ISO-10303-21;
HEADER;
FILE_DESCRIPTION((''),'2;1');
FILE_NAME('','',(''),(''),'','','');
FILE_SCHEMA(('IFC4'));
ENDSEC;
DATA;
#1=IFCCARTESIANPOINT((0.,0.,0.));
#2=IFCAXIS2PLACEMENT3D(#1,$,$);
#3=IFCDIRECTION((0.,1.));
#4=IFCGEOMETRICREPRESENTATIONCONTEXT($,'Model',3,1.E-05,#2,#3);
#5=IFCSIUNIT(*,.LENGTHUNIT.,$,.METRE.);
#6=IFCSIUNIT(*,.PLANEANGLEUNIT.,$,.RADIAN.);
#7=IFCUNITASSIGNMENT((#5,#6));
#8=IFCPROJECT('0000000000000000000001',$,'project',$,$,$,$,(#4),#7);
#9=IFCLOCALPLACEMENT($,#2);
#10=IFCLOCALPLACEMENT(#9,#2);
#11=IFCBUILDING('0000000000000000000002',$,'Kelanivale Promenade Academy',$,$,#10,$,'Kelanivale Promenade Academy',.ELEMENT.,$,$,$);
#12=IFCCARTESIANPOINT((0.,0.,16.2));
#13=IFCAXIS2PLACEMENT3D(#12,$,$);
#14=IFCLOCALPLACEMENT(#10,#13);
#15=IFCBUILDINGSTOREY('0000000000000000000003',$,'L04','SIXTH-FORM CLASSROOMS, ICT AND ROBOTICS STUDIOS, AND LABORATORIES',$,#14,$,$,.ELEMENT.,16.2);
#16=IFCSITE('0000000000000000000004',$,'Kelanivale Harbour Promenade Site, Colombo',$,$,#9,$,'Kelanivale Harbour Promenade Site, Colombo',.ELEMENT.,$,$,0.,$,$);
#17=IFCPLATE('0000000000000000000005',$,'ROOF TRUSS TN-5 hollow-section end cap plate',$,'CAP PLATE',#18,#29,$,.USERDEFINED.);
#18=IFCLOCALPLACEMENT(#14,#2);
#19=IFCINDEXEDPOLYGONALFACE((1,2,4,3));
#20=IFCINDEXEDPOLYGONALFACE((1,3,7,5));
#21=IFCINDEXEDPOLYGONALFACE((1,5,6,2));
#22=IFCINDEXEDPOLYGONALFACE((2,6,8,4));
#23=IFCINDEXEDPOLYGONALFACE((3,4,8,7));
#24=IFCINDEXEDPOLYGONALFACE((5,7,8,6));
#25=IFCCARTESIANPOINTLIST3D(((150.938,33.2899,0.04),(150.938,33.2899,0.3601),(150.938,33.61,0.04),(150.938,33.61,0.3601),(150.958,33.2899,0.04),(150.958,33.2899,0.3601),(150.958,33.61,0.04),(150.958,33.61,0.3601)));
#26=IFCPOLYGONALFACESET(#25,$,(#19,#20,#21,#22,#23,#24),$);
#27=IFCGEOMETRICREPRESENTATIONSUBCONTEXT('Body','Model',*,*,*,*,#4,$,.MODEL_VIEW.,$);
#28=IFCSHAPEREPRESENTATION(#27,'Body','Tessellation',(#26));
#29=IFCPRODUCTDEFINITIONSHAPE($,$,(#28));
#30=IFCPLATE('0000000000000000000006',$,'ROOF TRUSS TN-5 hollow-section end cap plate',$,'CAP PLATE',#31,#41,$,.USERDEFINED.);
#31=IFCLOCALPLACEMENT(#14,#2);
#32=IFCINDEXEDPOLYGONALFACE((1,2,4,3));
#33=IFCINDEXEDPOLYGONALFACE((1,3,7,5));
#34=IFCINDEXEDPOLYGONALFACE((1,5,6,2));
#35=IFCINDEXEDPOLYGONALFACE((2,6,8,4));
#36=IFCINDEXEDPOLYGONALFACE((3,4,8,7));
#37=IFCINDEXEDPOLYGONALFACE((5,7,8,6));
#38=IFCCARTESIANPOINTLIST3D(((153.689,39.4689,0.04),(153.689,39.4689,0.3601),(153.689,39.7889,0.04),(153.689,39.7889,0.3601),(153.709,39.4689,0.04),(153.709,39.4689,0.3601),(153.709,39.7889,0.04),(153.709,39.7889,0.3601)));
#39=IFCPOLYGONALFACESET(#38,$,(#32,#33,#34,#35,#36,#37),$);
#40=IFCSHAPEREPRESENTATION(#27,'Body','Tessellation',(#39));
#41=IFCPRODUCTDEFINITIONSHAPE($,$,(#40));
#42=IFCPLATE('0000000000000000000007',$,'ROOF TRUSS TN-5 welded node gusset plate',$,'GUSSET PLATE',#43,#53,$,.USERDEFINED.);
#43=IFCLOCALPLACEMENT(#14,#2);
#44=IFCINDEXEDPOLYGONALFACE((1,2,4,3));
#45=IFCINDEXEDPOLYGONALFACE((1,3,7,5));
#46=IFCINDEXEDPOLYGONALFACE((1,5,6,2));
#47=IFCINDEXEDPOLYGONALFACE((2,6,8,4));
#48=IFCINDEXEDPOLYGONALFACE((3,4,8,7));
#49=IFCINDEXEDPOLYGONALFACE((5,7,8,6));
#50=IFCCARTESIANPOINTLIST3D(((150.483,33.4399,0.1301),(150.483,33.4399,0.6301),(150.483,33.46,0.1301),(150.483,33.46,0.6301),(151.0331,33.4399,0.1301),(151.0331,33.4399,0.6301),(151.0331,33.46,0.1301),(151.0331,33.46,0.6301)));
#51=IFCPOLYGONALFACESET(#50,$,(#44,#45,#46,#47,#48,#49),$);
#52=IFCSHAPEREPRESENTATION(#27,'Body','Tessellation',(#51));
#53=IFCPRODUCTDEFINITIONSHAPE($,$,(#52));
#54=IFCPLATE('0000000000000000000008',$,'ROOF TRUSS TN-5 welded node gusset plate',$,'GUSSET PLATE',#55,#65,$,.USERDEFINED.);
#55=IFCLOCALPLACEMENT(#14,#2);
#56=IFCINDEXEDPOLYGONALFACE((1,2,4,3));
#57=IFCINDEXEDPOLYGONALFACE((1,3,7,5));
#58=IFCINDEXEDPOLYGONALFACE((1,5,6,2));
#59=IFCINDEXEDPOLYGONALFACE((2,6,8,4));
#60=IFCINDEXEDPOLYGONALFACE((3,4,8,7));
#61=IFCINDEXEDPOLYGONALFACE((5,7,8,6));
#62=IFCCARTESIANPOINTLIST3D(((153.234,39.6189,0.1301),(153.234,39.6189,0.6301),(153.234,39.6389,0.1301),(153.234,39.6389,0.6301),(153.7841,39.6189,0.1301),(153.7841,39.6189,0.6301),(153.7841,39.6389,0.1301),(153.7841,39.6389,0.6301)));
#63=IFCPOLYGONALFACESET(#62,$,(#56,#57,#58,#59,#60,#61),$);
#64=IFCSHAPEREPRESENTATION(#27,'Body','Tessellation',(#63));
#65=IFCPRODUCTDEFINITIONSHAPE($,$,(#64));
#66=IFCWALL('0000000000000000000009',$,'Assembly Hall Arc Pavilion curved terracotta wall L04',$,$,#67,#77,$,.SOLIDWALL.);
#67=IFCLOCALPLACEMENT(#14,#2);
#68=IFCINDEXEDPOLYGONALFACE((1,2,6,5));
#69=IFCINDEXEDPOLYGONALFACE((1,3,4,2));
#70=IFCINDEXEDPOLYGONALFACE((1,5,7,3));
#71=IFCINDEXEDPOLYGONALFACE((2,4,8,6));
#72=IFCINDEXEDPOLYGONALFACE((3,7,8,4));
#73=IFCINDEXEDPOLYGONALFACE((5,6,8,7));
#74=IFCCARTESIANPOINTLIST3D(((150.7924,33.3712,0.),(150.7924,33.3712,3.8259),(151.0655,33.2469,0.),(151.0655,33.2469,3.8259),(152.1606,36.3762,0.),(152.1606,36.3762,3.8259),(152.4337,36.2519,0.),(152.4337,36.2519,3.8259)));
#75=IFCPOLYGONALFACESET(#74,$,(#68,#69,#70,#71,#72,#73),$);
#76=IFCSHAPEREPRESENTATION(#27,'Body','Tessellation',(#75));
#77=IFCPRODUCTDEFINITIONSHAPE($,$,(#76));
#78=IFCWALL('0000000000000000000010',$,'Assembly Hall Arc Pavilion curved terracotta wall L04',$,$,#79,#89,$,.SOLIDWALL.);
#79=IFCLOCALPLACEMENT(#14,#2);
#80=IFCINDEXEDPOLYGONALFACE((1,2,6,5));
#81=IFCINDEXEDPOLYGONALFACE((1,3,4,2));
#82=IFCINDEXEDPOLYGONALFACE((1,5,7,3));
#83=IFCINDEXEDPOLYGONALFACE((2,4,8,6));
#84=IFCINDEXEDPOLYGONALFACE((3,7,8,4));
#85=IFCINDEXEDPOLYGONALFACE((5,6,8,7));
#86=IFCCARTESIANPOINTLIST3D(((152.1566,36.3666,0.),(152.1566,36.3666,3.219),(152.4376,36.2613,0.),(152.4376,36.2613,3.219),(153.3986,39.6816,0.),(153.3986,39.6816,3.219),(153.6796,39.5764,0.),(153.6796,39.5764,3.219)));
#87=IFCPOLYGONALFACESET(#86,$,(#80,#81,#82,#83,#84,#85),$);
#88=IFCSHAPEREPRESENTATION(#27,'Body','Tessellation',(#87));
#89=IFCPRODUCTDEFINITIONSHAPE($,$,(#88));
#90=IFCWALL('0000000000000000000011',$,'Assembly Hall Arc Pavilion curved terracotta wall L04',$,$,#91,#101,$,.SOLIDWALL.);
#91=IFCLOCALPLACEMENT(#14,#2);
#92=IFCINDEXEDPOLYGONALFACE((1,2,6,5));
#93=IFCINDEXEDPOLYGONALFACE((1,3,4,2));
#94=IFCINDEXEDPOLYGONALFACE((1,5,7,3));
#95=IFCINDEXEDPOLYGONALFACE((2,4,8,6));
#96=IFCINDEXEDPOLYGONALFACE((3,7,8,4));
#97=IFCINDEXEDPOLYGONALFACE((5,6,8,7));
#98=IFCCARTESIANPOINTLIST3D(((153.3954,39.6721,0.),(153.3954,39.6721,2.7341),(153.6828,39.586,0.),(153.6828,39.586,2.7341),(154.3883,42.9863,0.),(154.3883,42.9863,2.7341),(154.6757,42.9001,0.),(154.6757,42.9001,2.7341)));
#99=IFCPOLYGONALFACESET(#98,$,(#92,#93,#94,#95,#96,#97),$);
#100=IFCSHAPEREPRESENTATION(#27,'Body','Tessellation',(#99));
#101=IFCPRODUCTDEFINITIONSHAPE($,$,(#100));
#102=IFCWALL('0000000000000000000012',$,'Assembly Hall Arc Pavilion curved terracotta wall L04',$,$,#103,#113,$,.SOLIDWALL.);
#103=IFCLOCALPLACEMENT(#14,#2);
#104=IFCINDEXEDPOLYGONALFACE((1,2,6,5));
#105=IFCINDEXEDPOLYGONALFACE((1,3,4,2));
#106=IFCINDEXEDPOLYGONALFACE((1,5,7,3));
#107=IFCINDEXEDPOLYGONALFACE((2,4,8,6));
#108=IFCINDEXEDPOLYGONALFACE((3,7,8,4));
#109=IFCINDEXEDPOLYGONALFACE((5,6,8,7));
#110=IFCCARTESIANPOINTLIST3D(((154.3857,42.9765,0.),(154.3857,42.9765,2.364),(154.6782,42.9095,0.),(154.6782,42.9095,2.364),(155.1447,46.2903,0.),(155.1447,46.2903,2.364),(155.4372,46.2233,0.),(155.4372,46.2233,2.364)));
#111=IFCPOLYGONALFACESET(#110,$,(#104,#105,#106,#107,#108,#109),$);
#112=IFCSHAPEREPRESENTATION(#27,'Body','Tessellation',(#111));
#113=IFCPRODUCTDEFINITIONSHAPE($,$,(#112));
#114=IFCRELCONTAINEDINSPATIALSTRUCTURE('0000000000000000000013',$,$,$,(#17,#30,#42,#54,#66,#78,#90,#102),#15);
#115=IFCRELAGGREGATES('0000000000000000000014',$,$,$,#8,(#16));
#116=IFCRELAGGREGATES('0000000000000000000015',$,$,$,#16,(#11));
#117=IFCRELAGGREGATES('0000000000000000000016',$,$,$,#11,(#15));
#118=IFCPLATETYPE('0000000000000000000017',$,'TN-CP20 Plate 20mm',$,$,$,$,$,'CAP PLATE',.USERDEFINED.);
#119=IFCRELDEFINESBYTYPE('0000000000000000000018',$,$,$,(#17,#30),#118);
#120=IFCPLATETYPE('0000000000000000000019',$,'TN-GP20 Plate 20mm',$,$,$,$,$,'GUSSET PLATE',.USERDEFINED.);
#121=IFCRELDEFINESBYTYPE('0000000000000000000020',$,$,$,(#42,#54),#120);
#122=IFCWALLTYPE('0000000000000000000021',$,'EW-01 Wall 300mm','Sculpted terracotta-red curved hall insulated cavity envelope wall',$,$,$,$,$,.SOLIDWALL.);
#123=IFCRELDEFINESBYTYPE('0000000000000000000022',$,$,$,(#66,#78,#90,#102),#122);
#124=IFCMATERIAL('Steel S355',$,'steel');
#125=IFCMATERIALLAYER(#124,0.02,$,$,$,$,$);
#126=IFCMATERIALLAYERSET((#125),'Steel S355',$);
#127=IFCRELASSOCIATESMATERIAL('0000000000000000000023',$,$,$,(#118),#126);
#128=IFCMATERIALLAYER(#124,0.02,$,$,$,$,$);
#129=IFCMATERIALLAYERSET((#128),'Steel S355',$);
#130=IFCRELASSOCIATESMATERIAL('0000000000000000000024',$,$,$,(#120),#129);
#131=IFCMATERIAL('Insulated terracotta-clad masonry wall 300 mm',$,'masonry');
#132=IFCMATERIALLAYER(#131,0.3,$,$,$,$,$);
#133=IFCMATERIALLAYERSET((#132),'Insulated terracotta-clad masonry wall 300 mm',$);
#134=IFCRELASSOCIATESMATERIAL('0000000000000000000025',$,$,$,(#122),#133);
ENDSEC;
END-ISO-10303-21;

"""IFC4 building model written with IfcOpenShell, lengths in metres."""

from ifc_helpers import new_model, si_unit, direction, frame, frame_2d, origin, origin_2d, place, context, subcontext, project, spatial, rectangle, extrude, material, layer, layer_set, type_object, element, save


model = new_model("IFC4")

# Units and contexts
model_context = context("Model", 3, precision=1e-05, world=origin(), true_north=direction((0.0, 1.0)))
body_context = subcontext(model_context, "Body", "Model", "MODEL_VIEW")
ifc_project = project(units=[si_unit("LENGTHUNIT", "METRE"), si_unit("PLANEANGLEUNIT", "RADIAN")], contexts=[model_context])

# Site, building, storey
site_placement = place(None, origin())
site = spatial("IfcSite", under=ifc_project, at=site_placement, Name="Kelanivale Harbour Promenade Site, Colombo", LongName="Kelanivale Harbour Promenade Site, Colombo", CompositionType="ELEMENT", RefElevation=0.0)
building_placement = place(site_placement, origin())
building = spatial("IfcBuilding", under=site, at=building_placement, Name="Kelanivale Promenade Academy", LongName="Kelanivale Promenade Academy", CompositionType="ELEMENT")
storey_placement = place(building_placement, frame((0.0, 0.0, 16.2)))
storey = spatial("IfcBuildingStorey", under=building, at=storey_placement, Name="L04", Description="SIXTH-FORM CLASSROOMS, ICT AND ROBOTICS STUDIOS, AND LABORATORIES", CompositionType="ELEMENT", Elevation=16.2)

# Shared definitions
ifc_material_1 = material(Name="Steel S355", Category="steel")

# Plates
ifc_layer_1 = layer(ifc_material_1, 0.02)
ifc_layer_set_1 = layer_set([ifc_layer_1], Name="Steel S355")
plate_type_1 = type_object("IfcPlateType", Name="TN-CP20 Plate 20mm", ElementType="CAP PLATE", PredefinedType="USERDEFINED", material=ifc_layer_set_1)
for number, where, z_axis, x_axis, name in (
    (1, (150.948, 33.45, 0.04), (0.0, 0.0, 1.0), (1.0, 0.0, 0.0), "ROOF TRUSS TN-5 hollow-section end cap plate"),
    (2, (153.699, 39.6289, 0.04), (0.0, 0.0, 1.0), (1.0, 0.0, 0.0), "ROOF TRUSS TN-5 hollow-section end cap plate"),
):
    element("IfcPlate", number, at=place(storey_placement, frame(where, z_axis=z_axis, x_axis=x_axis)), inside=storey, type_object=plate_type_1, Name=name, ObjectType="CAP PLATE", PredefinedType="USERDEFINED", context=body_context, shape_type="SweptSolid", body=[
        extrude(rectangle(XDim=0.02, YDim=0.3201, at=origin_2d()), origin(), (0.0, 0.0, 1.0), 0.3201),
    ])
ifc_layer_2 = layer(ifc_material_1, 0.02)
ifc_layer_set_2 = layer_set([ifc_layer_2], Name="Steel S355")
plate_type_2 = type_object("IfcPlateType", Name="TN-GP20 Plate 20mm", ElementType="GUSSET PLATE", PredefinedType="USERDEFINED", material=ifc_layer_set_2)
for number, where, z_axis, x_axis, name in (
    (3, (150.7581, 33.45, 0.1301), (0.0, 0.0, 1.0), (1.0, 0.0, 0.0), "ROOF TRUSS TN-5 welded node gusset plate"),
    (4, (153.509, 39.6289, 0.1301), (0.0, 0.0, 1.0), (1.0, 0.0, 0.0), "ROOF TRUSS TN-5 welded node gusset plate"),
):
    element("IfcPlate", number, at=place(storey_placement, frame(where, z_axis=z_axis, x_axis=x_axis)), inside=storey, type_object=plate_type_2, Name=name, ObjectType="GUSSET PLATE", PredefinedType="USERDEFINED", context=body_context, shape_type="SweptSolid", body=[
        extrude(rectangle(XDim=0.55, YDim=0.02, at=origin_2d()), origin(), (0.0, 0.0, 1.0), 0.5),
    ])

# Walls
ifc_material_2 = material(Name="Insulated terracotta-clad masonry wall 300 mm", Category="masonry")
ifc_layer_3 = layer(ifc_material_2, 0.3)
ifc_layer_set_3 = layer_set([ifc_layer_3], Name="Insulated terracotta-clad masonry wall 300 mm")
wall_type = type_object("IfcWallType", Name="EW-01 Wall 300mm", Description="Sculpted terracotta-red curved hall insulated cavity envelope wall", PredefinedType="SOLIDWALL", material=ifc_layer_set_3)
wall_1_placement = place(storey_placement, frame((150.929, 33.3091, 0.0), z_axis=(0.0, 0.0, 1.0), x_axis=(0.414382, 0.910103, 0.0)))
element("IfcWall", 5, at=wall_1_placement, inside=storey, type_object=wall_type, Name="Assembly Hall Arc Pavilion curved terracotta wall L04", PredefinedType="SOLIDWALL", context=body_context, shape_type="SweptSolid", body=[
    extrude(rectangle(XDim=3.3018, YDim=0.3, at=frame_2d((1.6509, 0.0))), origin(), (0.0, 0.0, 1.0), 3.8259),
])
wall_2_placement = place(storey_placement, frame((152.2971, 36.314, 0.0), z_axis=(0.0, 0.0, 1.0), x_axis=(0.350836, 0.936437, 0.0)))
element("IfcWall", 6, at=wall_2_placement, inside=storey, type_object=wall_type, Name="Assembly Hall Arc Pavilion curved terracotta wall L04", PredefinedType="SOLIDWALL", context=body_context, shape_type="SweptSolid", body=[
    extrude(rectangle(XDim=3.54, YDim=0.3, at=frame_2d((1.77, 0.0))), origin(), (0.0, 0.0, 1.0), 3.219),
])
wall_3_placement = place(storey_placement, frame((153.5391, 39.6289, 0.0), z_axis=(0.0, 0.0, 1.0), x_axis=(0.286992, 0.957933, 0.0)))
element("IfcWall", 7, at=wall_3_placement, inside=storey, type_object=wall_type, Name="Assembly Hall Arc Pavilion curved terracotta wall L04", PredefinedType="SOLIDWALL", context=body_context, shape_type="SweptSolid", body=[
    extrude(rectangle(XDim=3.4597, YDim=0.3, at=frame_2d((1.73, 0.0))), origin(), (0.0, 0.0, 1.0), 2.7341),
])
wall_4_placement = place(storey_placement, frame((154.532, 42.9431, 0.0), z_axis=(0.0, 0.0, 1.0), x_axis=(0.22326, 0.974759, 0.0)))
element("IfcWall", 8, at=wall_4_placement, inside=storey, type_object=wall_type, Name="Assembly Hall Arc Pavilion curved terracotta wall L04", PredefinedType="SOLIDWALL", context=body_context, shape_type="SweptSolid", body=[
    extrude(rectangle(XDim=3.3997, YDim=0.3, at=frame_2d((1.6997, 0.0))), origin(), (0.0, 0.0, 1.0), 2.364),
])

save(model, "model.ifc")
